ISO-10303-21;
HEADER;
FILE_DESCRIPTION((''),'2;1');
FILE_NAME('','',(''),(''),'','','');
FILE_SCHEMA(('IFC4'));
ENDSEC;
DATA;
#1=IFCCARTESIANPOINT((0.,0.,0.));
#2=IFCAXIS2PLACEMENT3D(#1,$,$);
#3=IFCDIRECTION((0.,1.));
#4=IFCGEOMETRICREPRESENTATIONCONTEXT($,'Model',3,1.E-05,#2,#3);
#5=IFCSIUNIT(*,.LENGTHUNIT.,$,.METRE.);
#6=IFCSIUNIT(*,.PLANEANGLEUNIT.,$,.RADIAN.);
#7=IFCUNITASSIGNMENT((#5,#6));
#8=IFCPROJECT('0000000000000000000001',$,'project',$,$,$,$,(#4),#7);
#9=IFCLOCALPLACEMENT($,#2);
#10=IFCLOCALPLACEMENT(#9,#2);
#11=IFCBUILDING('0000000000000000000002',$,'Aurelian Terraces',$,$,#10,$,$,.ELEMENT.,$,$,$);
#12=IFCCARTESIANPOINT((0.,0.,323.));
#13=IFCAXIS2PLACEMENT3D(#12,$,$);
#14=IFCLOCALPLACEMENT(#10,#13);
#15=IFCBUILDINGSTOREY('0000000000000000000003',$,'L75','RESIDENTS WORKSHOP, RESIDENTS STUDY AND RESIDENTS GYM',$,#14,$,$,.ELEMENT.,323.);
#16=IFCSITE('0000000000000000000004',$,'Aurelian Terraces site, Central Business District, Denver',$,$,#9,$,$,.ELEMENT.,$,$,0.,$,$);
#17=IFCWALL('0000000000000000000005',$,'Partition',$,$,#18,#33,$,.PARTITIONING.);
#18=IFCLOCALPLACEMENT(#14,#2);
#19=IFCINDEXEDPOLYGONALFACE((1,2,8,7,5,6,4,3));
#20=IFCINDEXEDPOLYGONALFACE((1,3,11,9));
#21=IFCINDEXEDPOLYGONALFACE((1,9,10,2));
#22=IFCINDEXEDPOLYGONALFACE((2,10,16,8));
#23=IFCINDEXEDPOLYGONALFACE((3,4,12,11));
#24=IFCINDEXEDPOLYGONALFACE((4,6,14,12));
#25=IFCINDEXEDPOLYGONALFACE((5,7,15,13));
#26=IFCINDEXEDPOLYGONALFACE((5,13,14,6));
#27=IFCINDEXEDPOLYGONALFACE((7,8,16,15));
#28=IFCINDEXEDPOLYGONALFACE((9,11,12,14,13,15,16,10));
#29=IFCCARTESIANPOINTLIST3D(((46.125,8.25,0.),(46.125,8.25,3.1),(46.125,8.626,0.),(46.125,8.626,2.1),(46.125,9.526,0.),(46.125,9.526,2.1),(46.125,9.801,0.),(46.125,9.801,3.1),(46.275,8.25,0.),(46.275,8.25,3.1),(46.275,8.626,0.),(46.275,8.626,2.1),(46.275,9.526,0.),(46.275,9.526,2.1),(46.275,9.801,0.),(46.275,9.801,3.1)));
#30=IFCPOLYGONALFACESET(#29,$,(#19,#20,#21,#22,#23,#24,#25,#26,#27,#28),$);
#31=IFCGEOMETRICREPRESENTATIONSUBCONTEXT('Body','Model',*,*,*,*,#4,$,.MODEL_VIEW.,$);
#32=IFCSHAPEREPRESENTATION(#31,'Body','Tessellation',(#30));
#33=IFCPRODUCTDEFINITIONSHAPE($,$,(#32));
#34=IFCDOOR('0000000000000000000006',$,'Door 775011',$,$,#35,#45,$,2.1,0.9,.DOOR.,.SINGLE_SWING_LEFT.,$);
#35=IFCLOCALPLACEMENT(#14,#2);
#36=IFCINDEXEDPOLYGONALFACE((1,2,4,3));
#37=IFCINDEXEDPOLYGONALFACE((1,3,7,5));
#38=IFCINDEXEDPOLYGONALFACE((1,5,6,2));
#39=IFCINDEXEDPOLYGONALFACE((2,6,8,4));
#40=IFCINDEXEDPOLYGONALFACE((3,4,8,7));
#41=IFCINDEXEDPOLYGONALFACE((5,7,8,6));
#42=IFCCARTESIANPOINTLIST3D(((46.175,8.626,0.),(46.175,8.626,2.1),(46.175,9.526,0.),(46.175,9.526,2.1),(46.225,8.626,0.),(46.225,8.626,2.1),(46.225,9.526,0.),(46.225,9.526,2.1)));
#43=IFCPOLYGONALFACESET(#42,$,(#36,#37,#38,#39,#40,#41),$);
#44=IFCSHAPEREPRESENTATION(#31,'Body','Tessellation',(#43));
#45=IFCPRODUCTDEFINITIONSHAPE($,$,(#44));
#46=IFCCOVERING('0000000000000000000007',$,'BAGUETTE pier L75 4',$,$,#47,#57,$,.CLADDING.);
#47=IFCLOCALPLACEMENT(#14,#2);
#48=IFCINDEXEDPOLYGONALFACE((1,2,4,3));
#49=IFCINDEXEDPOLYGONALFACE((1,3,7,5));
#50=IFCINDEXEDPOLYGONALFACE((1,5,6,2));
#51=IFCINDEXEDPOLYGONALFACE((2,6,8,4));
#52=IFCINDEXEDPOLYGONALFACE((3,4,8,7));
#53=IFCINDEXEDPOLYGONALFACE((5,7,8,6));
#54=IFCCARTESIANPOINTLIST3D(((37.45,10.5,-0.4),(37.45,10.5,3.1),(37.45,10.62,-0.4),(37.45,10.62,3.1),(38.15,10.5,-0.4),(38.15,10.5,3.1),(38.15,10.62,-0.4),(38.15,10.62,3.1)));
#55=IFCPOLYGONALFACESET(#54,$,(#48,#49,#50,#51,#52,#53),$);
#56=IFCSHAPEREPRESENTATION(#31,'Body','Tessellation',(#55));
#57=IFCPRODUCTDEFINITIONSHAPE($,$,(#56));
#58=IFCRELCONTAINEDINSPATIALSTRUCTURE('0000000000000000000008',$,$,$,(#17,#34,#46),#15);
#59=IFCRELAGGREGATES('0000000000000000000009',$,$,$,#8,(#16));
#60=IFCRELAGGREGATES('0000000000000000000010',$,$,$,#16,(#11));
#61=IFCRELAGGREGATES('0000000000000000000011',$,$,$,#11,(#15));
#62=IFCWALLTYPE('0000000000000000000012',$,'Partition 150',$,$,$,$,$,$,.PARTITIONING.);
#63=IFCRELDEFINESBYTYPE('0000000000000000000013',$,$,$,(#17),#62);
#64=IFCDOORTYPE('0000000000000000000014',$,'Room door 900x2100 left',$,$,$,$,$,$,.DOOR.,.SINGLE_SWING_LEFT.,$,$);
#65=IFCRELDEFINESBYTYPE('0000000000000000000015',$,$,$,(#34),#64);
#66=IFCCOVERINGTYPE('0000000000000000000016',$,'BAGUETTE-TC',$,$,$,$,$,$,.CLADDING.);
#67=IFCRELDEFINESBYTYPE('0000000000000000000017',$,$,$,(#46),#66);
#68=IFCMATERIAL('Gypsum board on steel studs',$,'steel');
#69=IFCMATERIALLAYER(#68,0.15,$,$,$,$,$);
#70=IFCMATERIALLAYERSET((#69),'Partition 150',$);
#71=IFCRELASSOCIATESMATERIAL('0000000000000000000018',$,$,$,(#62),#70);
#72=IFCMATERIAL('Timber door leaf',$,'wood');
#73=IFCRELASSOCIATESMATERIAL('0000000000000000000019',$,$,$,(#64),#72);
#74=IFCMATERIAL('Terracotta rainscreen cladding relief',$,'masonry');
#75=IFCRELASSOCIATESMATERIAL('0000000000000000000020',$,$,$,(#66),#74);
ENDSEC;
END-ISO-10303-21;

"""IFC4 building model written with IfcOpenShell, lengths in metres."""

from ifc_helpers import new_model, si_unit, direction, frame, frame_2d, origin, origin_2d, place, context, subcontext, project, spatial, rectangle, extrude, source, transform, mapped, material, layer, layer_set, type_object, element, fill, save


model = new_model("IFC4")

# Units and contexts
model_context = context("Model", 3, precision=1e-05, world=origin(), true_north=direction((0.0, 1.0)))
body_context = subcontext(model_context, "Body", "Model", "MODEL_VIEW")
ifc_project = project(units=[si_unit("LENGTHUNIT", "METRE"), si_unit("PLANEANGLEUNIT", "RADIAN")], contexts=[model_context])

# Site, building, storey
site_placement = place(None, origin())
site = spatial("IfcSite", under=ifc_project, at=site_placement, Name="Aurelian Terraces site, Central Business District, Denver", CompositionType="ELEMENT", RefElevation=0.0)
building_placement = place(site_placement, origin())
building = spatial("IfcBuilding", under=site, at=building_placement, Name="Aurelian Terraces", CompositionType="ELEMENT")
storey_placement = place(building_placement, frame((0.0, 0.0, 323.0)))
storey = spatial("IfcBuildingStorey", under=building, at=storey_placement, Name="L75", Description="RESIDENTS WORKSHOP, RESIDENTS STUDY AND RESIDENTS GYM", CompositionType="ELEMENT", Elevation=323.0)

# Shared definitions
ifc_material_1 = material(Name="Gypsum board on steel studs", Category="steel")
shared_shape_1 = source(origin(), body_context, "Body", "SweptSolid", [
    extrude(rectangle(XDim=0.9, YDim=2.1, at=frame_2d((0.45, 1.05))), frame((0.0, 0.025, 0.0), z_axis=(0.0, -1.0, 0.0), x_axis=(1.0, 0.0, 0.0)), (0.0, 0.0, 1.0), 0.05),
])
shared_shape_2 = source(origin(), body_context, "Body", "SweptSolid", [
    extrude(rectangle(XDim=0.9, YDim=2.1, at=frame_2d((0.45, 1.05))), frame((0.0, 0.085, 0.0), z_axis=(0.0, -1.0, 0.0), x_axis=(1.0, 0.0, 0.0)), (0.0, 0.0, 1.0), 0.17),
])

# Wall, opening, door
ifc_layer_1 = layer(ifc_material_1, 0.15)
ifc_layer_set_1 = layer_set([ifc_layer_1], Name="Partition 150")
wall_type_1 = type_object("IfcWallType", Name="Partition 150", PredefinedType="PARTITIONING", material=ifc_layer_set_1)
ifc_material_2 = material(Name="Timber door leaf", Category="wood")
door_type_1 = type_object("IfcDoorType", Name="Room door 900x2100 left", OperationType="SINGLE_SWING_LEFT", PredefinedType="DOOR", material=ifc_material_2)
shared_shape_3 = source(origin(), body_context, "Body", "SweptSolid", [
    extrude(rectangle(XDim=1.551, YDim=0.15, at=frame_2d((0.7755, 0.0))), origin(), (0.0, 0.0, 1.0), 3.1),
])
wall_1_placement = place(storey_placement, frame((46.2, 9.801, 0.0), z_axis=(0.0, 0.0, 1.0), x_axis=(0.0, -1.0, 0.0)))
wall_1 = element("IfcWall", 1, at=wall_1_placement, inside=storey, type_object=wall_type_1, Name="Partition", PredefinedType="PARTITIONING", context=body_context, shape_type="MappedRepresentation", body=[
    mapped(shared_shape_3, transform((0.0, 0.0, 0.0), scale=1.0)),
])
opening_1_placement = place(wall_1_placement, frame((0.275, 0.0, 0.0)))
opening_1 = element("IfcOpeningElement", 2, at=opening_1_placement, cuts=wall_1, PredefinedType="OPENING", context=body_context, shape_type="MappedRepresentation", body=[
    mapped(shared_shape_2, transform((0.0, 0.0, 0.0), scale=1.0)),
])
door_1_placement = place(opening_1_placement, origin())
door_1 = element("IfcDoor", 3, at=door_1_placement, inside=storey, type_object=door_type_1, Name="Door 775011", OperationType="SINGLE_SWING_LEFT", OverallHeight=2.1, OverallWidth=0.9, PredefinedType="DOOR", context=body_context, shape_type="MappedRepresentation", body=[
    mapped(shared_shape_1, transform((0.0, 0.0, 0.0), scale=1.0)),
])
fill(opening_1, door_1)

# Covering
ifc_material_3 = material(Name="Terracotta rainscreen cladding relief", Category="masonry")
covering_type = type_object("IfcCoveringType", Name="BAGUETTE-TC", PredefinedType="CLADDING", material=ifc_material_3)
shared_shape_4 = source(origin(), body_context, "Body", "SweptSolid", [
    extrude(rectangle(XDim=0.7, YDim=0.12, at=origin_2d()), origin(), (0.0, 0.0, 1.0), 3.5),
])
covering_placement = place(storey_placement, frame((37.8, 10.56, -0.4), z_axis=(0.0, 0.0, 1.0), x_axis=(1.0, 0.0, 0.0)))
element("IfcCovering", 4, at=covering_placement, inside=storey, type_object=covering_type, Name="BAGUETTE pier L75 4", PredefinedType="CLADDING", context=body_context, shape_type="MappedRepresentation", body=[
    mapped(shared_shape_4, transform((0.0, 0.0, 0.0), scale=1.0)),
])

save(model, "model.ifc")
